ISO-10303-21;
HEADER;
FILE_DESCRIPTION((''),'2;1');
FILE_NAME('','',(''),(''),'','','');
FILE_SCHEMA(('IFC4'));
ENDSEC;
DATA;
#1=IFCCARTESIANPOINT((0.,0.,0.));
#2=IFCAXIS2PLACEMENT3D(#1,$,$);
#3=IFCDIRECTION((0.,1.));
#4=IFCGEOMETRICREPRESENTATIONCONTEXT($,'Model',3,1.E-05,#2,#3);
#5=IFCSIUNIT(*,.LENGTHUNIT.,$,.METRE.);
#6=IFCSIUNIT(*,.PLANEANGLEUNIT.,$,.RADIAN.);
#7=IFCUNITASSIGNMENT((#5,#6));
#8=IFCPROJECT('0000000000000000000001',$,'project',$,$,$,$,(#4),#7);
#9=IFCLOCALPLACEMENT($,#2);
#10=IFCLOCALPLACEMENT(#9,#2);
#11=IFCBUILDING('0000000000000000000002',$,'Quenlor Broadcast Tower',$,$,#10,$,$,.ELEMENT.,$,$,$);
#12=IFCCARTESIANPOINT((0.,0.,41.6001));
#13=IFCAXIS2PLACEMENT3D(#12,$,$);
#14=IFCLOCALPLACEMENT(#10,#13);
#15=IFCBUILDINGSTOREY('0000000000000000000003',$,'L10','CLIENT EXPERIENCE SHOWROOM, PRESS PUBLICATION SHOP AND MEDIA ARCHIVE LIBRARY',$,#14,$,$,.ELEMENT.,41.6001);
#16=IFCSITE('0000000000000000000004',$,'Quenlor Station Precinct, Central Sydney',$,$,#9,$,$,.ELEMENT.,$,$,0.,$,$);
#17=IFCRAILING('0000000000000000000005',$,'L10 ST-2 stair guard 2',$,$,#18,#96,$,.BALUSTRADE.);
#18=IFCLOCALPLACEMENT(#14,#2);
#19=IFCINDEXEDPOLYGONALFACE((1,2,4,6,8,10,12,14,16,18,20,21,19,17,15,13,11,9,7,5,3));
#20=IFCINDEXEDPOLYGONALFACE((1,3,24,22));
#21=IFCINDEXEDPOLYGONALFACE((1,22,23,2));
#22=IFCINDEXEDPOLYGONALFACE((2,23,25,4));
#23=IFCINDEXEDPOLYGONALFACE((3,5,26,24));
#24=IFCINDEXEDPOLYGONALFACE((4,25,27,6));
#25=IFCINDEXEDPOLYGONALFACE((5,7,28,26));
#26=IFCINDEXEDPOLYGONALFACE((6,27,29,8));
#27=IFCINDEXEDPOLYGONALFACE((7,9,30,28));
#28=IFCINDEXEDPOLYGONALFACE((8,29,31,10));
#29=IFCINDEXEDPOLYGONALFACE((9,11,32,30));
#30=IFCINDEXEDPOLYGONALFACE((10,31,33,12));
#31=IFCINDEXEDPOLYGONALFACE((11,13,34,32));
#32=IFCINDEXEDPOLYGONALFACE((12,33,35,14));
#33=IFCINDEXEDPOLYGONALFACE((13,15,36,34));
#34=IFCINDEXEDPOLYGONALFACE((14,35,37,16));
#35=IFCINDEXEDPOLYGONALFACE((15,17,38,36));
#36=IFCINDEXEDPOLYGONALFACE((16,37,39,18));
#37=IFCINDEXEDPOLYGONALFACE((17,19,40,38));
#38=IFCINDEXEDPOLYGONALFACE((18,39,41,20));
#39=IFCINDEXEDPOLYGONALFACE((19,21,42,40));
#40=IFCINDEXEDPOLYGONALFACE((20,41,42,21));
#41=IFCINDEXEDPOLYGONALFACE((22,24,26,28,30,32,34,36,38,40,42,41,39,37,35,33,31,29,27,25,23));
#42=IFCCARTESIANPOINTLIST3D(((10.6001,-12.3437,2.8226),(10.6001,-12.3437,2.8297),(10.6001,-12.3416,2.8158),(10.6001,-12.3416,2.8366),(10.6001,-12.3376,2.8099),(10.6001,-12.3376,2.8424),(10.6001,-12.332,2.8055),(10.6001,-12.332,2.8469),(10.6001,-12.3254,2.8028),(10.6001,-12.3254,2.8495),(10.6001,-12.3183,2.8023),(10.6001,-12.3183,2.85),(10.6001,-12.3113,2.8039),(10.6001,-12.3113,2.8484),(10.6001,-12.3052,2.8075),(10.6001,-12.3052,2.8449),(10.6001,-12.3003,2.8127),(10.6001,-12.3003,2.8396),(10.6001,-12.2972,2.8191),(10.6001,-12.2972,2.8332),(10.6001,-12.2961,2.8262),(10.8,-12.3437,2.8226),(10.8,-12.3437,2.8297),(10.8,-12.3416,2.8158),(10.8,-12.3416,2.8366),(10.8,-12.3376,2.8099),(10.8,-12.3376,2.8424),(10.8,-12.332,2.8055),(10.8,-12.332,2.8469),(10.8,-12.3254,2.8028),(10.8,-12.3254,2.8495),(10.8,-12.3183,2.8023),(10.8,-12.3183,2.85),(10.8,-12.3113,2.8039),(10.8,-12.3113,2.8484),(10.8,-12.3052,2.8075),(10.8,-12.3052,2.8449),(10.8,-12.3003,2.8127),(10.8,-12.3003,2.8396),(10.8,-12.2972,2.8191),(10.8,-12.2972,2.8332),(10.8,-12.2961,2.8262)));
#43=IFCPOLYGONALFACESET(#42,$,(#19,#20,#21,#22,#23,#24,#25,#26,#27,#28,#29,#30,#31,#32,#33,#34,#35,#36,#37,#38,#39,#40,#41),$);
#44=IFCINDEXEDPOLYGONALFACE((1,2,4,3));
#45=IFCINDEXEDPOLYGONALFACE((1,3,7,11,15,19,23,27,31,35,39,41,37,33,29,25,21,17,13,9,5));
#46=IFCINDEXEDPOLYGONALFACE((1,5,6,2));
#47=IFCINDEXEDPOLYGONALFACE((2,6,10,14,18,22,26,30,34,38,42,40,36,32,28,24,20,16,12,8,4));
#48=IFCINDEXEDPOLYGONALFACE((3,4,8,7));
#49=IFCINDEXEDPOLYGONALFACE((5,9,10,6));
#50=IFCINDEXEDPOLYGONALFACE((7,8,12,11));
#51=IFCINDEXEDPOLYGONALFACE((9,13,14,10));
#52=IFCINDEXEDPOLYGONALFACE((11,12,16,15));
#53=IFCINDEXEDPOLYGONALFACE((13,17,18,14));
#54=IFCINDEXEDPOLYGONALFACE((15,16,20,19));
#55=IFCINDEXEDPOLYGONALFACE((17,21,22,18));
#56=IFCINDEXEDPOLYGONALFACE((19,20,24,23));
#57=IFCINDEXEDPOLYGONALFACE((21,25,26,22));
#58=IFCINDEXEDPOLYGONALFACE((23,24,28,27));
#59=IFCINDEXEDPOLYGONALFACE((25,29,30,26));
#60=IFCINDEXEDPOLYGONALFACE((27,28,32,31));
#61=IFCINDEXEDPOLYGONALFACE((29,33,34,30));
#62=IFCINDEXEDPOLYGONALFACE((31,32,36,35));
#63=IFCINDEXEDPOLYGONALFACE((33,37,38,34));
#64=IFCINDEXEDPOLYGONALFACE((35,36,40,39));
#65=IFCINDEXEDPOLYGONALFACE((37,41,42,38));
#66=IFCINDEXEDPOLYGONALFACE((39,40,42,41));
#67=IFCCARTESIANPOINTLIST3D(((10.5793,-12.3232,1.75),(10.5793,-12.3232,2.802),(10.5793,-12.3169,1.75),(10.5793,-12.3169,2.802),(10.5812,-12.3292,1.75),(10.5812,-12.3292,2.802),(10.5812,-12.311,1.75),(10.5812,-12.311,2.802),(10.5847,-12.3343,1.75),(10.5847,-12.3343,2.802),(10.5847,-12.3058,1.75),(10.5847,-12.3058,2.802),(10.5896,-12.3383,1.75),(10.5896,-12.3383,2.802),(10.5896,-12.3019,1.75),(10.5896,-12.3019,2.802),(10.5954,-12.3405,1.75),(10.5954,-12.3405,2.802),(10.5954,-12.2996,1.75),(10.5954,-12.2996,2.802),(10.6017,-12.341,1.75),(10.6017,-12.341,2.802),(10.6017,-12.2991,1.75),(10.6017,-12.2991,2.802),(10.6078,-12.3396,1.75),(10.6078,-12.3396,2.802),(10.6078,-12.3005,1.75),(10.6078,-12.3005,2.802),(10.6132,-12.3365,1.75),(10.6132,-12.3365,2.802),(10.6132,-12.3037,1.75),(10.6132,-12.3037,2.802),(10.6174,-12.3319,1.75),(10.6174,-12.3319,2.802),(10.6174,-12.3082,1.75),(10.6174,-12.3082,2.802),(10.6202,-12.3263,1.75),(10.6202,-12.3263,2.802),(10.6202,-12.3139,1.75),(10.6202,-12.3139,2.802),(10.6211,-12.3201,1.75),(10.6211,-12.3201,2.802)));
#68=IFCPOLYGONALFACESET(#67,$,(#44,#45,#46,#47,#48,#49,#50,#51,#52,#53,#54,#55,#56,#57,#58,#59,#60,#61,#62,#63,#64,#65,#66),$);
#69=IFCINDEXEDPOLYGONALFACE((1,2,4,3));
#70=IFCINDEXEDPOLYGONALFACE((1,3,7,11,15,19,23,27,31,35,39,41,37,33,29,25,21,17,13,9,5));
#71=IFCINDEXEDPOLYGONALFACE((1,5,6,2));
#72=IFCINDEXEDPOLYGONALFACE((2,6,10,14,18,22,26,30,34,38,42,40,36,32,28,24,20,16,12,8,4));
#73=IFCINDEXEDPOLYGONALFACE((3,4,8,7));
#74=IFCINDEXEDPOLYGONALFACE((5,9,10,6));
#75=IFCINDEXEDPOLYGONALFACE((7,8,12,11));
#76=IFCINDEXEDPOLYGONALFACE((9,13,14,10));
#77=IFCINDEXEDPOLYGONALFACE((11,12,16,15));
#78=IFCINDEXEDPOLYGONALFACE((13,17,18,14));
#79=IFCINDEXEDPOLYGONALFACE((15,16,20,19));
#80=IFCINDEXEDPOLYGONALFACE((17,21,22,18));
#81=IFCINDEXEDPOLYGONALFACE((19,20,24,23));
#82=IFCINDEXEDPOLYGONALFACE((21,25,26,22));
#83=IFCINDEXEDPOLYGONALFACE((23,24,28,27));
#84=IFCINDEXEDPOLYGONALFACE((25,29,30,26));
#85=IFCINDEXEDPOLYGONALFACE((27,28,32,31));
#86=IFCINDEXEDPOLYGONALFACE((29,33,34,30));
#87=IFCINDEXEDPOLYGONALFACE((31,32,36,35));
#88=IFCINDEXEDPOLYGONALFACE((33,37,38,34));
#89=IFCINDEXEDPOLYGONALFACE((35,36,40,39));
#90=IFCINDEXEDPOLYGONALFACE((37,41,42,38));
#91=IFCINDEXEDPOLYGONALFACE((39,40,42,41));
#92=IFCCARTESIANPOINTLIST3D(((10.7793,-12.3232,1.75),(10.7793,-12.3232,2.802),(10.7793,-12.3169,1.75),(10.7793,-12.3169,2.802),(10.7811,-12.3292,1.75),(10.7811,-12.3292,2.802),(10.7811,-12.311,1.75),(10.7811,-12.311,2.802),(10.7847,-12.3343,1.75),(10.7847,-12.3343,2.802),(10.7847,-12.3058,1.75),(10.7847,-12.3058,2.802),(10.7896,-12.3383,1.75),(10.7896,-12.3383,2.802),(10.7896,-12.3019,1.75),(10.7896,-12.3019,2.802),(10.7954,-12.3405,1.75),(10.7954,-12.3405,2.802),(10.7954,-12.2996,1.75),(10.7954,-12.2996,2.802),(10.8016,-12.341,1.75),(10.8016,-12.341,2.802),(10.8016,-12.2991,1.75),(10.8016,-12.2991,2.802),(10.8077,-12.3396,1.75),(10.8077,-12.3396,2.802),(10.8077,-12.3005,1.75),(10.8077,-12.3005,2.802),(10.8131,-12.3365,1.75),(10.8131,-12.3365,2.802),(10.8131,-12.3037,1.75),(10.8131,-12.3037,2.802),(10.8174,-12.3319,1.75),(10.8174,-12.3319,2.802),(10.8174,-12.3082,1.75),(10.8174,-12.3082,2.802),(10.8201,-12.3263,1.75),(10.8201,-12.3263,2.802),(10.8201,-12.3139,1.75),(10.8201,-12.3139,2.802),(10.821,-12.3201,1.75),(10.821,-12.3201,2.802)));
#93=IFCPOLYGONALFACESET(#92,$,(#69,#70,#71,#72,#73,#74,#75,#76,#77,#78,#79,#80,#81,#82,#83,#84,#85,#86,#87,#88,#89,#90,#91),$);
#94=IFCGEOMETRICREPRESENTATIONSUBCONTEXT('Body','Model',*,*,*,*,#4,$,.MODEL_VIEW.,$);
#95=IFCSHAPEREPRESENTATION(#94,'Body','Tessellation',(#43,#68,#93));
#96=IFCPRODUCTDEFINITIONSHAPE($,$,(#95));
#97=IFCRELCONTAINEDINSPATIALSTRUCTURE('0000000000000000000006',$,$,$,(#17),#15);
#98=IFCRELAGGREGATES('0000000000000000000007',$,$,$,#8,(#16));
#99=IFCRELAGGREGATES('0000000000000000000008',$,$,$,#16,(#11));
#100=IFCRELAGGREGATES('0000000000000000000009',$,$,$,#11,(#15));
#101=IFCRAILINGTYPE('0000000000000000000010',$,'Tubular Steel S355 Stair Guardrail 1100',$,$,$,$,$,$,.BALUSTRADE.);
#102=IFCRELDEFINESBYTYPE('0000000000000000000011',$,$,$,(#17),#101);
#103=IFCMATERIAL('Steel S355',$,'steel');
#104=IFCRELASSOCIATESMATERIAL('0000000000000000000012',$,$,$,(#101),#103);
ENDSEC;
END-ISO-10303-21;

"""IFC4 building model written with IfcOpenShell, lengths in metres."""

from ifc_helpers import new_model, si_unit, direction, frame, origin, origin_2d, place, context, subcontext, project, spatial, circle, extrude, material, type_object, element, save


model = new_model("IFC4")

# Units and contexts
model_context = context("Model", 3, precision=1e-05, world=origin(), true_north=direction((0.0, 1.0)))
body_context = subcontext(model_context, "Body", "Model", "MODEL_VIEW")
ifc_project = project(units=[si_unit("LENGTHUNIT", "METRE"), si_unit("PLANEANGLEUNIT", "RADIAN")], contexts=[model_context])

# Site, building, storey
site_placement = place(None, origin())
site = spatial("IfcSite", under=ifc_project, at=site_placement, Name="Quenlor Station Precinct, Central Sydney", CompositionType="ELEMENT", RefElevation=0.0)
building_placement = place(site_placement, origin())
building = spatial("IfcBuilding", under=site, at=building_placement, Name="Quenlor Broadcast Tower", CompositionType="ELEMENT")
storey_placement = place(building_placement, frame((0.0, 0.0, 41.6001)))
storey = spatial("IfcBuildingStorey", under=building, at=storey_placement, Name="L10", Description="CLIENT EXPERIENCE SHOWROOM, PRESS PUBLICATION SHOP AND MEDIA ARCHIVE LIBRARY", CompositionType="ELEMENT", Elevation=41.6001)

# Railing
ifc_material_1 = material(Name="Steel S355", Category="steel")
railing_type_1 = type_object("IfcRailingType", Name="Tubular Steel S355 Stair Guardrail 1100", PredefinedType="BALUSTRADE", material=ifc_material_1)
railing_1_placement = place(storey_placement, frame((10.6001, -12.3201, 1.75)))
element("IfcRailing", 1, at=railing_1_placement, inside=storey, type_object=railing_type_1, Name="L10 ST-2 stair guard 2", PredefinedType="BALUSTRADE", context=body_context, shape_type="SweptSolid", body=[
    extrude(circle(Radius=0.0239, at=origin_2d()), frame((0.0, 0.0, 1.0762), z_axis=(1.0, 0.0, 0.0), x_axis=(0.0, 1.0, 0.0)), (0.0, 0.0, 1.0), 0.2),
    extrude(circle(Radius=0.021, at=origin_2d()), origin(), (0.0, 0.0, 1.0), 1.052),
    extrude(circle(Radius=0.021, at=origin_2d()), frame((0.2, 0.0, 0.0)), (0.0, 0.0, 1.0), 1.052),
])

save(model, "model.ifc")
